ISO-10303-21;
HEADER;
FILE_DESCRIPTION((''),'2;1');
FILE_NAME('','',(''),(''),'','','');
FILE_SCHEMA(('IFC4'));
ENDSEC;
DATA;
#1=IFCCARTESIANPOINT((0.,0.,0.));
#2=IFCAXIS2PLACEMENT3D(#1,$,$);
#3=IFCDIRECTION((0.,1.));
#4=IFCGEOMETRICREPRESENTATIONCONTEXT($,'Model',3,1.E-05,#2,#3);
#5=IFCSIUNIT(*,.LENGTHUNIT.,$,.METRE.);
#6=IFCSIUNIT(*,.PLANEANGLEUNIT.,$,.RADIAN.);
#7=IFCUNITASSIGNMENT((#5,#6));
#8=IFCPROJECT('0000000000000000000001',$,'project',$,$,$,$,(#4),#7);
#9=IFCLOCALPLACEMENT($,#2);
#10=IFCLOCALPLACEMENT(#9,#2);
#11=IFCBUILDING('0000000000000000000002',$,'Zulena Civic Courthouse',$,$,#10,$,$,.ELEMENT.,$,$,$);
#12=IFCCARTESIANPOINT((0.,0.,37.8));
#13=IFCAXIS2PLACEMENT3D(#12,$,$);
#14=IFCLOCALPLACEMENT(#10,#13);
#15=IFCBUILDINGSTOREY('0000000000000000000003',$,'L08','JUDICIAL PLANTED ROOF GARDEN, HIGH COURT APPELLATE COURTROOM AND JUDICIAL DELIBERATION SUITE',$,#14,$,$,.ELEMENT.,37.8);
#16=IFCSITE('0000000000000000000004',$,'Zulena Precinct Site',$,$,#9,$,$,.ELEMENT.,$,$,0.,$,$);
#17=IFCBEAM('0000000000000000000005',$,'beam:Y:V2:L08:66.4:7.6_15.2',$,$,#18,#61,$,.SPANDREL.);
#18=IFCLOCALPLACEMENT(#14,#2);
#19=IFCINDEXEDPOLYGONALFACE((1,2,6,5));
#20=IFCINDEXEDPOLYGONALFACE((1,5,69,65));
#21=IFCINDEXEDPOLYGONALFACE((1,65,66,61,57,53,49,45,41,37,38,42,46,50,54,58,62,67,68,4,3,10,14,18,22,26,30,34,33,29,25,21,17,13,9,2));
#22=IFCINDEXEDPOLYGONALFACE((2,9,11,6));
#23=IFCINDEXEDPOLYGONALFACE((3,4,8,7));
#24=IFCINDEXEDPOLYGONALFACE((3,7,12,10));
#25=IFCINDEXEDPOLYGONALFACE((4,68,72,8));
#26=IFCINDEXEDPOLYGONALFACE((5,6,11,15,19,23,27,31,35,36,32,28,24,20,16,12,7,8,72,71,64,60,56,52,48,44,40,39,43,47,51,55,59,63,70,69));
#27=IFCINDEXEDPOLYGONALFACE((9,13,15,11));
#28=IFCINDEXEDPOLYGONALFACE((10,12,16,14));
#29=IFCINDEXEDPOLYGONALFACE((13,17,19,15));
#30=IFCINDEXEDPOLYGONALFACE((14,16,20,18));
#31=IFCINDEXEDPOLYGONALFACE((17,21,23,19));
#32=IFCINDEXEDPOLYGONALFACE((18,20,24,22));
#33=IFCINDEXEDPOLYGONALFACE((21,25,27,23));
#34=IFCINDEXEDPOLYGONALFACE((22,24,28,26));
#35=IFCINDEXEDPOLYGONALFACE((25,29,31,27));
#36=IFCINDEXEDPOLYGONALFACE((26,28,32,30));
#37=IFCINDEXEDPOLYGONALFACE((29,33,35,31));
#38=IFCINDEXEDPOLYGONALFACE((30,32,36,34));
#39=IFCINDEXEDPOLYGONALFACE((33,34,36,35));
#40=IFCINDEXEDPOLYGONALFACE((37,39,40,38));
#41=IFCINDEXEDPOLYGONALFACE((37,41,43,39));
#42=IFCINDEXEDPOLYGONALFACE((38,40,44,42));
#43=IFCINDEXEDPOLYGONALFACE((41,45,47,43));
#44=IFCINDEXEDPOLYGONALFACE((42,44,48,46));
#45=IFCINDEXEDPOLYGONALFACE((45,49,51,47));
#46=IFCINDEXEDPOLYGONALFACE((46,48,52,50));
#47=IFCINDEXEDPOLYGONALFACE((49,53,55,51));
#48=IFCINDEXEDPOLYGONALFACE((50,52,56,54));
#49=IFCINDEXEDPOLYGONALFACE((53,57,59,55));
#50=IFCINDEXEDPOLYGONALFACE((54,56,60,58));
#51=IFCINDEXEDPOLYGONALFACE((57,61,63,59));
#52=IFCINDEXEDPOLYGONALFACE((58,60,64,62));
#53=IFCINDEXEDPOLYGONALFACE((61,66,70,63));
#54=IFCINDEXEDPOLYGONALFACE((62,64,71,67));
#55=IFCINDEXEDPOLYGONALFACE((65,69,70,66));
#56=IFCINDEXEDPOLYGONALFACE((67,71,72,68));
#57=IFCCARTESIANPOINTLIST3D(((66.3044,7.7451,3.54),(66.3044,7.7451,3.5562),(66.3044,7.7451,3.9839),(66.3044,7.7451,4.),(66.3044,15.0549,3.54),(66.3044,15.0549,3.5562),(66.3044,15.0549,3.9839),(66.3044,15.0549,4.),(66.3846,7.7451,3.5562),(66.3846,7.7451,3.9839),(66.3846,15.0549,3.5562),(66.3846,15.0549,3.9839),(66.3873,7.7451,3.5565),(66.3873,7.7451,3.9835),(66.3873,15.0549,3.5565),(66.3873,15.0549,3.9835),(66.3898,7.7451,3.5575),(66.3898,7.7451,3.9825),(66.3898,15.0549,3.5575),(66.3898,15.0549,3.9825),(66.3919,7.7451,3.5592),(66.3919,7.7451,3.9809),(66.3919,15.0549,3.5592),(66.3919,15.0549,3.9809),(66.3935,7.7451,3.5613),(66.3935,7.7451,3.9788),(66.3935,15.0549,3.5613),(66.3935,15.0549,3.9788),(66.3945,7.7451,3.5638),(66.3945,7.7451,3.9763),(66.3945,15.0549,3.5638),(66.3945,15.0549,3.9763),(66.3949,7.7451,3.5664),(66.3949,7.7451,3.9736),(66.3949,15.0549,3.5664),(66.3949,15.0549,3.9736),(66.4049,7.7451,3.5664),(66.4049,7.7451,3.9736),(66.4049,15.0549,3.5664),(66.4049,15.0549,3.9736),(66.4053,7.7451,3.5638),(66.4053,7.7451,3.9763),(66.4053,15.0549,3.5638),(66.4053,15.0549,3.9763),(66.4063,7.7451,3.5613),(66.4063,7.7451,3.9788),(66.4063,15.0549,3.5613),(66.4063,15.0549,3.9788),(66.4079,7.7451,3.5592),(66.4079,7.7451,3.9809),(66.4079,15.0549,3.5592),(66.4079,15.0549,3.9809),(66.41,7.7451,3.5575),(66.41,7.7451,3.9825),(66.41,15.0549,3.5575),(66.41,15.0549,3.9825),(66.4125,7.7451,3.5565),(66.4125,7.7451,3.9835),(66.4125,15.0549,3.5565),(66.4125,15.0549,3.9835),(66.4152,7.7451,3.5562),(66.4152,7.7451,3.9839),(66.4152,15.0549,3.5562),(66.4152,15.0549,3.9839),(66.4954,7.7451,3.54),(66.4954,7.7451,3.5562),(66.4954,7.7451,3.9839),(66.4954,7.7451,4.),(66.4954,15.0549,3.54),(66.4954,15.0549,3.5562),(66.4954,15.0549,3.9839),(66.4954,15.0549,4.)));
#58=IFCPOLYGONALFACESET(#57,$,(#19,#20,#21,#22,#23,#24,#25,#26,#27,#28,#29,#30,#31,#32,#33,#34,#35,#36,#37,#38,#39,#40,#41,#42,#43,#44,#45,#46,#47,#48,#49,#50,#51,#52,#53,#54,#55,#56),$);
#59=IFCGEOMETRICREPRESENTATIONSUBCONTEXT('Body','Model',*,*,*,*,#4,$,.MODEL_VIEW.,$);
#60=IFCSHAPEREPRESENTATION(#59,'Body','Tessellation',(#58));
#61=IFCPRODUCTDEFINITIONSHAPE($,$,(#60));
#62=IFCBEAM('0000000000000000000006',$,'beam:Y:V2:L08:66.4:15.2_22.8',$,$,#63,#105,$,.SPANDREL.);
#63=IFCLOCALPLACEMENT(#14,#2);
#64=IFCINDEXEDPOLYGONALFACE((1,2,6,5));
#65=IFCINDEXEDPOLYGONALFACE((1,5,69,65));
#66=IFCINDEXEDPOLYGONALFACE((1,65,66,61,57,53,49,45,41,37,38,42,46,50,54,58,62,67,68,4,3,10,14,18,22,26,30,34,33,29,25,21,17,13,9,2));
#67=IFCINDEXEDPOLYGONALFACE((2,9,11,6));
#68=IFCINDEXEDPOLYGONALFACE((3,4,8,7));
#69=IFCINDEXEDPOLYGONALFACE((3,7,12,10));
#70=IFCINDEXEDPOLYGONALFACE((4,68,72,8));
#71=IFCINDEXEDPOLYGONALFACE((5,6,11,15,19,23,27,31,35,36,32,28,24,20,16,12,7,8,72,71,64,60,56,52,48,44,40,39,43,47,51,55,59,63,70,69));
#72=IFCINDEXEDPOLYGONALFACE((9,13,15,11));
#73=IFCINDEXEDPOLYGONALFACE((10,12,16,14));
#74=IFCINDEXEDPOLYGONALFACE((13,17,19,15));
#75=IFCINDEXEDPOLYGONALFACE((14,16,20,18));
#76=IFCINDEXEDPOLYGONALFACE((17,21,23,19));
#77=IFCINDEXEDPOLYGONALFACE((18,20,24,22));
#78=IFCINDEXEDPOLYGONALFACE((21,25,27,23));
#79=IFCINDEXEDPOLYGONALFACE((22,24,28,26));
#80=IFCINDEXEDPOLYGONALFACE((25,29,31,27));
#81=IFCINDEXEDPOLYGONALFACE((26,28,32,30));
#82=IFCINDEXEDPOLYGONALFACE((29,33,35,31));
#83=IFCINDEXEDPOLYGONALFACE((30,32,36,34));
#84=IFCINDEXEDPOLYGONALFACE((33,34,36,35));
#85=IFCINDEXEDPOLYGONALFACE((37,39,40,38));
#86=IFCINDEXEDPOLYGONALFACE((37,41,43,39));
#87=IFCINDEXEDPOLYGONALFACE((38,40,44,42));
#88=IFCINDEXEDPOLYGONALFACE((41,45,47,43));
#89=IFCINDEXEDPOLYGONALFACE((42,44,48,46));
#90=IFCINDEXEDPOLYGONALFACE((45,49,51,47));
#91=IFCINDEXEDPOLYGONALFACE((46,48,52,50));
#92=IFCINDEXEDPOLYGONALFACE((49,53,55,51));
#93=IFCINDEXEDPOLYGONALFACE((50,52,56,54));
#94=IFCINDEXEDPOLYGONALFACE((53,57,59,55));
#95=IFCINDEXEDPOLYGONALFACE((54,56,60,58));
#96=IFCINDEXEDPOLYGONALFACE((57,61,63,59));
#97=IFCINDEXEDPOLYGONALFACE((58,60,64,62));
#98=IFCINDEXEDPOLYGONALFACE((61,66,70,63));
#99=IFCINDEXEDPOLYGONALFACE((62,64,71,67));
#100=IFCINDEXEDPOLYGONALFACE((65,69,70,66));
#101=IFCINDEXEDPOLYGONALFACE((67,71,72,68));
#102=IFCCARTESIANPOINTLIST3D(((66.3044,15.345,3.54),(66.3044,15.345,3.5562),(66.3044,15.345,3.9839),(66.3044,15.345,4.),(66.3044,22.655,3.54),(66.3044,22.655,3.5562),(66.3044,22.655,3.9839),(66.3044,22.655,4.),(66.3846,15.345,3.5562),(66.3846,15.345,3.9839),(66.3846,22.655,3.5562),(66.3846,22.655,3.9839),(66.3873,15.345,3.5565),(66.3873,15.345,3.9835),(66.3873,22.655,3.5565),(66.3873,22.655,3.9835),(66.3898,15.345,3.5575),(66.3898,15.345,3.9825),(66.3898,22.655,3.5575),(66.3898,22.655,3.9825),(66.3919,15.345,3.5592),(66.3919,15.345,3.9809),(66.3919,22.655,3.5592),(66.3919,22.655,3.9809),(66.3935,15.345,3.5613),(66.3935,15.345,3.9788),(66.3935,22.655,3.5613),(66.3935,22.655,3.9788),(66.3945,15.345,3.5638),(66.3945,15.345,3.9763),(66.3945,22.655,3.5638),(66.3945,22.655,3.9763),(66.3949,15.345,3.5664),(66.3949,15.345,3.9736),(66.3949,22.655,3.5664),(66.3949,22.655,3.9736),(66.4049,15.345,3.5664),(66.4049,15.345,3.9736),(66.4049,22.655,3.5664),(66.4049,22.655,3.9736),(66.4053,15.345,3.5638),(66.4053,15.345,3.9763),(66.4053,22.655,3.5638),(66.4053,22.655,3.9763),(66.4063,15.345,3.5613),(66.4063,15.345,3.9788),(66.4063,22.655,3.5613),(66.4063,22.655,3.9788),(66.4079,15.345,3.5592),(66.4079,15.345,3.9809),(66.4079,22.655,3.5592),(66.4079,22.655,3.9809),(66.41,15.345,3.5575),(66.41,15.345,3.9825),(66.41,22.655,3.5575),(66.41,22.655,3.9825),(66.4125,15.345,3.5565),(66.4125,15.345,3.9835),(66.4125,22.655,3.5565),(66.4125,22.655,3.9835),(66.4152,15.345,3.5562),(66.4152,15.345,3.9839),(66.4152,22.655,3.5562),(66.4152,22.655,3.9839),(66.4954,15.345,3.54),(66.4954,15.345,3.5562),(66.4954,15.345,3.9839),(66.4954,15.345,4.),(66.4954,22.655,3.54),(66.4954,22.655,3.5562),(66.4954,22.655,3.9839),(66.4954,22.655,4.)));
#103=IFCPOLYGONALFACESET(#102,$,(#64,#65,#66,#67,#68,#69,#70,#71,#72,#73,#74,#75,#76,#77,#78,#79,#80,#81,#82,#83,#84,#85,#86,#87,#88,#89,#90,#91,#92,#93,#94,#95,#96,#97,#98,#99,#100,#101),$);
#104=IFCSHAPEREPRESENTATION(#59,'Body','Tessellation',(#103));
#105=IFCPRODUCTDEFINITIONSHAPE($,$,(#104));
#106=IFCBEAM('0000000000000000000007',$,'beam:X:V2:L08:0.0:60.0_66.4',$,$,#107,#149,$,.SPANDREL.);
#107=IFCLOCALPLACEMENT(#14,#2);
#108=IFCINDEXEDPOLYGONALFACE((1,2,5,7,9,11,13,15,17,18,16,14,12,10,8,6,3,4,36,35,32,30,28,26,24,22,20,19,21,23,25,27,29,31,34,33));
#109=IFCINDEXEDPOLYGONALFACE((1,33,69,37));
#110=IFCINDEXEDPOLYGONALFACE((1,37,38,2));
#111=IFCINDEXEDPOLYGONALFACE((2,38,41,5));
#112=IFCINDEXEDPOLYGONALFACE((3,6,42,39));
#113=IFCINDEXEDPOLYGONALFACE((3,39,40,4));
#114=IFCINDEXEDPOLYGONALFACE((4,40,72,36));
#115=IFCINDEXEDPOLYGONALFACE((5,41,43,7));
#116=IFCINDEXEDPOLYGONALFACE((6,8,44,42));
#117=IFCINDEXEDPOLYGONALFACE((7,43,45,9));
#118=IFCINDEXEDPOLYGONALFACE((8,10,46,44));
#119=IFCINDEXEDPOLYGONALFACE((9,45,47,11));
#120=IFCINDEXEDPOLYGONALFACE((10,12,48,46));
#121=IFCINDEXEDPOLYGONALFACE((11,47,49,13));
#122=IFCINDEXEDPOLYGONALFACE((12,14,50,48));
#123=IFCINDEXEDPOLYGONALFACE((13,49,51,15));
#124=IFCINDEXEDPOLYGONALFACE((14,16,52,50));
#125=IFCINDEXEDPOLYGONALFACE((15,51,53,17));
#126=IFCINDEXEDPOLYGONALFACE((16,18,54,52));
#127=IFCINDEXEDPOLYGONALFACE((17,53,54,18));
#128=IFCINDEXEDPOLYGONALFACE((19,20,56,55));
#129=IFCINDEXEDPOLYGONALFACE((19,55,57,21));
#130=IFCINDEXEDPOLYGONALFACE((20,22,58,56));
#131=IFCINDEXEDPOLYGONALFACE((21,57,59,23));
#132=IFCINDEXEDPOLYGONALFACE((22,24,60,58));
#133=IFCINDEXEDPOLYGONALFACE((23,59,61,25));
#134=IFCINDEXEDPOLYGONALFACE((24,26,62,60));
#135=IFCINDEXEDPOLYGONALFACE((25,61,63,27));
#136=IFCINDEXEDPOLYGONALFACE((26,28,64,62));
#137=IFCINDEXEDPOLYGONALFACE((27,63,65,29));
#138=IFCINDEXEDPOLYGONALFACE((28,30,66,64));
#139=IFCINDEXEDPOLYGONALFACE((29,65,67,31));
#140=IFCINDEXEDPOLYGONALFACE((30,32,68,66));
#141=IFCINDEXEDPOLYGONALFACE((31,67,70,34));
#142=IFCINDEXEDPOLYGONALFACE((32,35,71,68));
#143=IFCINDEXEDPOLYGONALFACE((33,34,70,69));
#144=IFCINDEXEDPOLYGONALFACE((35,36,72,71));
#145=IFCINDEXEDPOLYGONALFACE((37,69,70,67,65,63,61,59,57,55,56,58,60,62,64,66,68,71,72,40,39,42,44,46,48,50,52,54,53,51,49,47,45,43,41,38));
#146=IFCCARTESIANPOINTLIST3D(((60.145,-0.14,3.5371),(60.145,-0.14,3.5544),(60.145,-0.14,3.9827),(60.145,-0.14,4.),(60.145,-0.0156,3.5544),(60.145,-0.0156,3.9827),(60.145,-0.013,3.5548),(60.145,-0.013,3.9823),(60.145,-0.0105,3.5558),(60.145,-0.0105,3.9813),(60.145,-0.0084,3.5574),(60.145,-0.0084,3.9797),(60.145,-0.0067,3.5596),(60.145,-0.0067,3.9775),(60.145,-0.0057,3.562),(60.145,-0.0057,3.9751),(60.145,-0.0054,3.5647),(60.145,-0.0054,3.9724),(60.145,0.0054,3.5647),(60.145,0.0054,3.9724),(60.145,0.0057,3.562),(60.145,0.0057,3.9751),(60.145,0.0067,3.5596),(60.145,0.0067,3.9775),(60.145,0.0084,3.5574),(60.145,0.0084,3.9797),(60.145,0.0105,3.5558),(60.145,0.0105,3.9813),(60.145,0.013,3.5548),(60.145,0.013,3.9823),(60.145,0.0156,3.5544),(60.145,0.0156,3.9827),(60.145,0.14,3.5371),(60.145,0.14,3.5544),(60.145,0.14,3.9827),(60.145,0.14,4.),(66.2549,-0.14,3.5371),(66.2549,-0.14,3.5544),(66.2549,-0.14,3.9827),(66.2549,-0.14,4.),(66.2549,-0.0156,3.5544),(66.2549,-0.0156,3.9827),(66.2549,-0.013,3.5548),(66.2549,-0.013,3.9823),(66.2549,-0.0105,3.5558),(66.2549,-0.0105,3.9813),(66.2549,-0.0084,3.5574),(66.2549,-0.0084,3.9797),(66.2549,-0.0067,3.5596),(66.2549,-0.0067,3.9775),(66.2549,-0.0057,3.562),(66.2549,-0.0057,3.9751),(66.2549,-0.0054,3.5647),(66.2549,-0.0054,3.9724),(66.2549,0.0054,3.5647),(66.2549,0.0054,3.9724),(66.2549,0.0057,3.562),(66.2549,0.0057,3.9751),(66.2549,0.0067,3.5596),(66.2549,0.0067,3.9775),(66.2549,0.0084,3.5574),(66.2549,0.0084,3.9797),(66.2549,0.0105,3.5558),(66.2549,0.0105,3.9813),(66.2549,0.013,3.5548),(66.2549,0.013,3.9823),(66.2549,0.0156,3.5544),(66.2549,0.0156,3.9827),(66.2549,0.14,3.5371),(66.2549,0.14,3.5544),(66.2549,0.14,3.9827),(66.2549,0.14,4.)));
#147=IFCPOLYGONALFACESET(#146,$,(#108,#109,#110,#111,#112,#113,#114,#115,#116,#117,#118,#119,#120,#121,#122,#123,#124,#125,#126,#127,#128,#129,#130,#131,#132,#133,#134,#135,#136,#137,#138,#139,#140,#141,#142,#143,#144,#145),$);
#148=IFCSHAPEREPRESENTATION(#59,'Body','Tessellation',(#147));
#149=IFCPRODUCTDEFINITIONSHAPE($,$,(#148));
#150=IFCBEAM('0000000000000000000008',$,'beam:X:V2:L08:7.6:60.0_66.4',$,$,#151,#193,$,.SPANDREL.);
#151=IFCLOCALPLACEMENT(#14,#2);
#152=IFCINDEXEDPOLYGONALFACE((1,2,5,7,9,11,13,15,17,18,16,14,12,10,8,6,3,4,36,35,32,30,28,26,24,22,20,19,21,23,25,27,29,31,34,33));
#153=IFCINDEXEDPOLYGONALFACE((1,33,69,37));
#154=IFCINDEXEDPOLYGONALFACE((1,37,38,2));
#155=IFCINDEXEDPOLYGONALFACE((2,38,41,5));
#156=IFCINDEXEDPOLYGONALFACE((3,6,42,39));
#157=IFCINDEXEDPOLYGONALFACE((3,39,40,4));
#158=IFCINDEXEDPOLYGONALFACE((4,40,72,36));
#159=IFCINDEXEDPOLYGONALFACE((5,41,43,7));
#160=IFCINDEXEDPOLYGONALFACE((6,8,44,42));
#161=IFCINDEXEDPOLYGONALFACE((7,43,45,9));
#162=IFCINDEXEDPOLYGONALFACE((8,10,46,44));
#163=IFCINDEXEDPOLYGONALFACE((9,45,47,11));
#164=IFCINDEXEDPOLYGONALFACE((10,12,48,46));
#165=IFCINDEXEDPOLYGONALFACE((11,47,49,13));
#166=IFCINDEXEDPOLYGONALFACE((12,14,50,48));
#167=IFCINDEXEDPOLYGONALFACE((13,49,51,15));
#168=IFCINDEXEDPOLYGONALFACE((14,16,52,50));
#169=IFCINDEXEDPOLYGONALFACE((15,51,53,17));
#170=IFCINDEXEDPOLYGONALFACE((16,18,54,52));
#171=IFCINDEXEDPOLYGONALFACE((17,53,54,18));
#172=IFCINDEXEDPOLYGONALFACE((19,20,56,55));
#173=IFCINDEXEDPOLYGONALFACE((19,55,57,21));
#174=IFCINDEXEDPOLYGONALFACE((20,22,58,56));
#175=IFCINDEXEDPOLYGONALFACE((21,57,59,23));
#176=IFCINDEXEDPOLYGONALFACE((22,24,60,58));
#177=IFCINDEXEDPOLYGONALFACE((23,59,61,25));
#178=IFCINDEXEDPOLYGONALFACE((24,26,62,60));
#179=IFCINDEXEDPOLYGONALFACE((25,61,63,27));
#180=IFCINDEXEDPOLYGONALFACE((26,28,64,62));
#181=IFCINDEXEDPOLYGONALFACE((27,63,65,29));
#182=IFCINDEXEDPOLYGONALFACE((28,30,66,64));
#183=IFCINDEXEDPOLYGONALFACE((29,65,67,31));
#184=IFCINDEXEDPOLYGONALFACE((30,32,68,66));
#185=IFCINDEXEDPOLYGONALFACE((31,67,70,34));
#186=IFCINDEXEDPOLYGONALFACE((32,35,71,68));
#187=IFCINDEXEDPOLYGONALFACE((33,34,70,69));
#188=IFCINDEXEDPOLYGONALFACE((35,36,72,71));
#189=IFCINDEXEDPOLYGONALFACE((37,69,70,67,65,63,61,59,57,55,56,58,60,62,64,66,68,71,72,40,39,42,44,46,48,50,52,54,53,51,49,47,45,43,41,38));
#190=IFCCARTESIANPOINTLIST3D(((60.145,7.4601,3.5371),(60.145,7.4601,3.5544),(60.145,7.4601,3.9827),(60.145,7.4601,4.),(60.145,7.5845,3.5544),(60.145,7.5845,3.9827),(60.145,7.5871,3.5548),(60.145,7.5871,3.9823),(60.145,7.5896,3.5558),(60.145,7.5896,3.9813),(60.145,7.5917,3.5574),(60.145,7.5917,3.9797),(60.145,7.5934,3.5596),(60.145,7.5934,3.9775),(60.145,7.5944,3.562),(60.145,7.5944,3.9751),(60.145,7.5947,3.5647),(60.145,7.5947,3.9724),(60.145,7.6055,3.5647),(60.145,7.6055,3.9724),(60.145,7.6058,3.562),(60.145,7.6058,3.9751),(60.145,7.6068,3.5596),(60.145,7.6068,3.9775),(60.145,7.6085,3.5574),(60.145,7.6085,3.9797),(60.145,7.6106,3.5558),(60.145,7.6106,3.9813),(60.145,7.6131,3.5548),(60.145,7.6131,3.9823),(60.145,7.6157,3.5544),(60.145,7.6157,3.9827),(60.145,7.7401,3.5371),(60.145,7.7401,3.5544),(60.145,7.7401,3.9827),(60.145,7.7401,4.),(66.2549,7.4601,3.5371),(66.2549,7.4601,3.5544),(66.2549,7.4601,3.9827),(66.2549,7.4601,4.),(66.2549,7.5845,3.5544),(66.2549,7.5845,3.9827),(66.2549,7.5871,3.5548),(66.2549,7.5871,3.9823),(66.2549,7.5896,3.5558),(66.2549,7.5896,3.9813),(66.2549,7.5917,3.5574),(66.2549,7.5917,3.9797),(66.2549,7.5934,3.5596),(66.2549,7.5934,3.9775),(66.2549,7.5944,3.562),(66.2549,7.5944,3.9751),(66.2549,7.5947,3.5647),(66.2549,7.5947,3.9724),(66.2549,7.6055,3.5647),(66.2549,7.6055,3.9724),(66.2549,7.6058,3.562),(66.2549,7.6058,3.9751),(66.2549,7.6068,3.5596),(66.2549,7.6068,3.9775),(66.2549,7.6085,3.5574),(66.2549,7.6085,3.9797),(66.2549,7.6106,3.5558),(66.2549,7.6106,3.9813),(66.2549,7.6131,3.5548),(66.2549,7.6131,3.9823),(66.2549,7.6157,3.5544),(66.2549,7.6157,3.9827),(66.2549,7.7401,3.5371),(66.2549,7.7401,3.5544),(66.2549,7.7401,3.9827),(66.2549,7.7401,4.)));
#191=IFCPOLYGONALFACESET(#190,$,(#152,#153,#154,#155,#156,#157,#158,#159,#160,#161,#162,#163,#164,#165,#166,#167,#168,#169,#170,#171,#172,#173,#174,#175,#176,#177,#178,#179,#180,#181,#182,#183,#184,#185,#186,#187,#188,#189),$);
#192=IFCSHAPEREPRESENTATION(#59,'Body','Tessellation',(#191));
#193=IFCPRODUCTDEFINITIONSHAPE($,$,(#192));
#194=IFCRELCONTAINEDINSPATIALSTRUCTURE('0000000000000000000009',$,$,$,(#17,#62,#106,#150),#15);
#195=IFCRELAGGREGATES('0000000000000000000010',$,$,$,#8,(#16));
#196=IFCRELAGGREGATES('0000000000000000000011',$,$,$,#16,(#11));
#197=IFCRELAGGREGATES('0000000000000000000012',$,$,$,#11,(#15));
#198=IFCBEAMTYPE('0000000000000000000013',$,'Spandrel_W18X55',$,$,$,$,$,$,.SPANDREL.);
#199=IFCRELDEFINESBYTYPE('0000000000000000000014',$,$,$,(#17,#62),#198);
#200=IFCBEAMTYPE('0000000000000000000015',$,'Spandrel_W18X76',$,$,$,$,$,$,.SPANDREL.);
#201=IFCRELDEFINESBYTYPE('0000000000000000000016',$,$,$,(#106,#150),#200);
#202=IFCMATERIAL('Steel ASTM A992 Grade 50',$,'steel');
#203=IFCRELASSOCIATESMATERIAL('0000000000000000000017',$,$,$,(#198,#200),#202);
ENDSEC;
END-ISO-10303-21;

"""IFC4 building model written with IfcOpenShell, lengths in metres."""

from ifc_helpers import new_model, si_unit, direction, frame, origin, origin_2d, place, context, subcontext, project, spatial, i_section, extrude, material, material_profile, profile_set, type_object, element, save


model = new_model("IFC4")

# Units and contexts
model_context = context("Model", 3, precision=1e-05, world=origin(), true_north=direction((0.0, 1.0)))
body_context = subcontext(model_context, "Body", "Model", "MODEL_VIEW")
ifc_project = project(units=[si_unit("LENGTHUNIT", "METRE"), si_unit("PLANEANGLEUNIT", "RADIAN")], contexts=[model_context])

# Site, building, storey
site_placement = place(None, origin())
site = spatial("IfcSite", under=ifc_project, at=site_placement, Name="Zulena Precinct Site", CompositionType="ELEMENT", RefElevation=0.0)
building_placement = place(site_placement, origin())
building = spatial("IfcBuilding", under=site, at=building_placement, Name="Zulena Civic Courthouse", CompositionType="ELEMENT")
storey_placement = place(building_placement, frame((0.0, 0.0, 37.8)))
storey = spatial("IfcBuildingStorey", under=building, at=storey_placement, Name="L08", Description="JUDICIAL PLANTED ROOF GARDEN, HIGH COURT APPELLATE COURTROOM AND JUDICIAL DELIBERATION SUITE", CompositionType="ELEMENT", Elevation=37.8)

# Shared definitions
ifc_material_1 = material(Name="Steel ASTM A992 Grade 50", Category="steel")

# Beams
ifc_material_profile_1 = material_profile(ifc_material_1, i_section(OverallWidth=0.1909, OverallDepth=0.46, WebThickness=0.01, FlangeThickness=0.0161, FilletRadius=0.0103, at=origin_2d()), Name="W18X55")
ifc_profile_set_1 = profile_set([ifc_material_profile_1], Name="Steel ASTM A992 Grade 50")
beam_type_1 = type_object("IfcBeamType", Name="Spandrel_W18X55", PredefinedType="SPANDREL", material=ifc_profile_set_1)
beam_1_placement = place(storey_placement, frame((66.3999, 7.7451, 3.77), z_axis=(0.0, 1.0, 0.0), x_axis=(-1.0, 0.0, 0.0)))
element("IfcBeam", 1, at=beam_1_placement, inside=storey, type_object=beam_type_1, Name="beam:Y:V2:L08:66.4:7.6_15.2", PredefinedType="SPANDREL", context=body_context, shape_type="SweptSolid", body=[
    extrude(i_section(OverallWidth=0.1909, OverallDepth=0.46, WebThickness=0.01, FlangeThickness=0.0161, FilletRadius=0.0103, at=origin_2d()), origin(), (0.0, 0.0, 1.0), 7.3098),
])
beam_2_placement = place(storey_placement, frame((66.3999, 15.345, 3.77), z_axis=(0.0, 1.0, 0.0), x_axis=(-1.0, 0.0, 0.0)))
element("IfcBeam", 2, at=beam_2_placement, inside=storey, type_object=beam_type_1, Name="beam:Y:V2:L08:66.4:15.2_22.8", PredefinedType="SPANDREL", context=body_context, shape_type="SweptSolid", body=[
    extrude(i_section(OverallWidth=0.1909, OverallDepth=0.46, WebThickness=0.01, FlangeThickness=0.0161, FilletRadius=0.0103, at=origin_2d()), origin(), (0.0, 0.0, 1.0), 7.3101),
])
ifc_material_profile_2 = material_profile(ifc_material_1, i_section(OverallWidth=0.28, OverallDepth=0.4629, WebThickness=0.0107, FlangeThickness=0.0173, FilletRadius=0.0103, at=origin_2d()), Name="W18X76")
ifc_profile_set_2 = profile_set([ifc_material_profile_2], Name="Steel ASTM A992 Grade 50")
beam_type_2 = type_object("IfcBeamType", Name="Spandrel_W18X76", PredefinedType="SPANDREL", material=ifc_profile_set_2)
for number, where, z_axis, x_axis, name in (
    (3, (60.145, 0.0, 3.7686), (1.0, 0.0, 0.0), (0.0, 1.0, 0.0), "beam:X:V2:L08:0.0:60.0_66.4"),
    (4, (60.145, 7.6001, 3.7686), (1.0, 0.0, 0.0), (0.0, 1.0, 0.0), "beam:X:V2:L08:7.6:60.0_66.4"),
):
    element("IfcBeam", number, at=place(storey_placement, frame(where, z_axis=z_axis, x_axis=x_axis)), inside=storey, type_object=beam_type_2, Name=name, PredefinedType="SPANDREL", context=body_context, shape_type="SweptSolid", body=[
        extrude(i_section(OverallWidth=0.28, OverallDepth=0.4629, WebThickness=0.0107, FlangeThickness=0.0173, FilletRadius=0.0103, at=origin_2d()), origin(), (0.0, 0.0, 1.0), 6.1099),
    ])

save(model, "model.ifc")
